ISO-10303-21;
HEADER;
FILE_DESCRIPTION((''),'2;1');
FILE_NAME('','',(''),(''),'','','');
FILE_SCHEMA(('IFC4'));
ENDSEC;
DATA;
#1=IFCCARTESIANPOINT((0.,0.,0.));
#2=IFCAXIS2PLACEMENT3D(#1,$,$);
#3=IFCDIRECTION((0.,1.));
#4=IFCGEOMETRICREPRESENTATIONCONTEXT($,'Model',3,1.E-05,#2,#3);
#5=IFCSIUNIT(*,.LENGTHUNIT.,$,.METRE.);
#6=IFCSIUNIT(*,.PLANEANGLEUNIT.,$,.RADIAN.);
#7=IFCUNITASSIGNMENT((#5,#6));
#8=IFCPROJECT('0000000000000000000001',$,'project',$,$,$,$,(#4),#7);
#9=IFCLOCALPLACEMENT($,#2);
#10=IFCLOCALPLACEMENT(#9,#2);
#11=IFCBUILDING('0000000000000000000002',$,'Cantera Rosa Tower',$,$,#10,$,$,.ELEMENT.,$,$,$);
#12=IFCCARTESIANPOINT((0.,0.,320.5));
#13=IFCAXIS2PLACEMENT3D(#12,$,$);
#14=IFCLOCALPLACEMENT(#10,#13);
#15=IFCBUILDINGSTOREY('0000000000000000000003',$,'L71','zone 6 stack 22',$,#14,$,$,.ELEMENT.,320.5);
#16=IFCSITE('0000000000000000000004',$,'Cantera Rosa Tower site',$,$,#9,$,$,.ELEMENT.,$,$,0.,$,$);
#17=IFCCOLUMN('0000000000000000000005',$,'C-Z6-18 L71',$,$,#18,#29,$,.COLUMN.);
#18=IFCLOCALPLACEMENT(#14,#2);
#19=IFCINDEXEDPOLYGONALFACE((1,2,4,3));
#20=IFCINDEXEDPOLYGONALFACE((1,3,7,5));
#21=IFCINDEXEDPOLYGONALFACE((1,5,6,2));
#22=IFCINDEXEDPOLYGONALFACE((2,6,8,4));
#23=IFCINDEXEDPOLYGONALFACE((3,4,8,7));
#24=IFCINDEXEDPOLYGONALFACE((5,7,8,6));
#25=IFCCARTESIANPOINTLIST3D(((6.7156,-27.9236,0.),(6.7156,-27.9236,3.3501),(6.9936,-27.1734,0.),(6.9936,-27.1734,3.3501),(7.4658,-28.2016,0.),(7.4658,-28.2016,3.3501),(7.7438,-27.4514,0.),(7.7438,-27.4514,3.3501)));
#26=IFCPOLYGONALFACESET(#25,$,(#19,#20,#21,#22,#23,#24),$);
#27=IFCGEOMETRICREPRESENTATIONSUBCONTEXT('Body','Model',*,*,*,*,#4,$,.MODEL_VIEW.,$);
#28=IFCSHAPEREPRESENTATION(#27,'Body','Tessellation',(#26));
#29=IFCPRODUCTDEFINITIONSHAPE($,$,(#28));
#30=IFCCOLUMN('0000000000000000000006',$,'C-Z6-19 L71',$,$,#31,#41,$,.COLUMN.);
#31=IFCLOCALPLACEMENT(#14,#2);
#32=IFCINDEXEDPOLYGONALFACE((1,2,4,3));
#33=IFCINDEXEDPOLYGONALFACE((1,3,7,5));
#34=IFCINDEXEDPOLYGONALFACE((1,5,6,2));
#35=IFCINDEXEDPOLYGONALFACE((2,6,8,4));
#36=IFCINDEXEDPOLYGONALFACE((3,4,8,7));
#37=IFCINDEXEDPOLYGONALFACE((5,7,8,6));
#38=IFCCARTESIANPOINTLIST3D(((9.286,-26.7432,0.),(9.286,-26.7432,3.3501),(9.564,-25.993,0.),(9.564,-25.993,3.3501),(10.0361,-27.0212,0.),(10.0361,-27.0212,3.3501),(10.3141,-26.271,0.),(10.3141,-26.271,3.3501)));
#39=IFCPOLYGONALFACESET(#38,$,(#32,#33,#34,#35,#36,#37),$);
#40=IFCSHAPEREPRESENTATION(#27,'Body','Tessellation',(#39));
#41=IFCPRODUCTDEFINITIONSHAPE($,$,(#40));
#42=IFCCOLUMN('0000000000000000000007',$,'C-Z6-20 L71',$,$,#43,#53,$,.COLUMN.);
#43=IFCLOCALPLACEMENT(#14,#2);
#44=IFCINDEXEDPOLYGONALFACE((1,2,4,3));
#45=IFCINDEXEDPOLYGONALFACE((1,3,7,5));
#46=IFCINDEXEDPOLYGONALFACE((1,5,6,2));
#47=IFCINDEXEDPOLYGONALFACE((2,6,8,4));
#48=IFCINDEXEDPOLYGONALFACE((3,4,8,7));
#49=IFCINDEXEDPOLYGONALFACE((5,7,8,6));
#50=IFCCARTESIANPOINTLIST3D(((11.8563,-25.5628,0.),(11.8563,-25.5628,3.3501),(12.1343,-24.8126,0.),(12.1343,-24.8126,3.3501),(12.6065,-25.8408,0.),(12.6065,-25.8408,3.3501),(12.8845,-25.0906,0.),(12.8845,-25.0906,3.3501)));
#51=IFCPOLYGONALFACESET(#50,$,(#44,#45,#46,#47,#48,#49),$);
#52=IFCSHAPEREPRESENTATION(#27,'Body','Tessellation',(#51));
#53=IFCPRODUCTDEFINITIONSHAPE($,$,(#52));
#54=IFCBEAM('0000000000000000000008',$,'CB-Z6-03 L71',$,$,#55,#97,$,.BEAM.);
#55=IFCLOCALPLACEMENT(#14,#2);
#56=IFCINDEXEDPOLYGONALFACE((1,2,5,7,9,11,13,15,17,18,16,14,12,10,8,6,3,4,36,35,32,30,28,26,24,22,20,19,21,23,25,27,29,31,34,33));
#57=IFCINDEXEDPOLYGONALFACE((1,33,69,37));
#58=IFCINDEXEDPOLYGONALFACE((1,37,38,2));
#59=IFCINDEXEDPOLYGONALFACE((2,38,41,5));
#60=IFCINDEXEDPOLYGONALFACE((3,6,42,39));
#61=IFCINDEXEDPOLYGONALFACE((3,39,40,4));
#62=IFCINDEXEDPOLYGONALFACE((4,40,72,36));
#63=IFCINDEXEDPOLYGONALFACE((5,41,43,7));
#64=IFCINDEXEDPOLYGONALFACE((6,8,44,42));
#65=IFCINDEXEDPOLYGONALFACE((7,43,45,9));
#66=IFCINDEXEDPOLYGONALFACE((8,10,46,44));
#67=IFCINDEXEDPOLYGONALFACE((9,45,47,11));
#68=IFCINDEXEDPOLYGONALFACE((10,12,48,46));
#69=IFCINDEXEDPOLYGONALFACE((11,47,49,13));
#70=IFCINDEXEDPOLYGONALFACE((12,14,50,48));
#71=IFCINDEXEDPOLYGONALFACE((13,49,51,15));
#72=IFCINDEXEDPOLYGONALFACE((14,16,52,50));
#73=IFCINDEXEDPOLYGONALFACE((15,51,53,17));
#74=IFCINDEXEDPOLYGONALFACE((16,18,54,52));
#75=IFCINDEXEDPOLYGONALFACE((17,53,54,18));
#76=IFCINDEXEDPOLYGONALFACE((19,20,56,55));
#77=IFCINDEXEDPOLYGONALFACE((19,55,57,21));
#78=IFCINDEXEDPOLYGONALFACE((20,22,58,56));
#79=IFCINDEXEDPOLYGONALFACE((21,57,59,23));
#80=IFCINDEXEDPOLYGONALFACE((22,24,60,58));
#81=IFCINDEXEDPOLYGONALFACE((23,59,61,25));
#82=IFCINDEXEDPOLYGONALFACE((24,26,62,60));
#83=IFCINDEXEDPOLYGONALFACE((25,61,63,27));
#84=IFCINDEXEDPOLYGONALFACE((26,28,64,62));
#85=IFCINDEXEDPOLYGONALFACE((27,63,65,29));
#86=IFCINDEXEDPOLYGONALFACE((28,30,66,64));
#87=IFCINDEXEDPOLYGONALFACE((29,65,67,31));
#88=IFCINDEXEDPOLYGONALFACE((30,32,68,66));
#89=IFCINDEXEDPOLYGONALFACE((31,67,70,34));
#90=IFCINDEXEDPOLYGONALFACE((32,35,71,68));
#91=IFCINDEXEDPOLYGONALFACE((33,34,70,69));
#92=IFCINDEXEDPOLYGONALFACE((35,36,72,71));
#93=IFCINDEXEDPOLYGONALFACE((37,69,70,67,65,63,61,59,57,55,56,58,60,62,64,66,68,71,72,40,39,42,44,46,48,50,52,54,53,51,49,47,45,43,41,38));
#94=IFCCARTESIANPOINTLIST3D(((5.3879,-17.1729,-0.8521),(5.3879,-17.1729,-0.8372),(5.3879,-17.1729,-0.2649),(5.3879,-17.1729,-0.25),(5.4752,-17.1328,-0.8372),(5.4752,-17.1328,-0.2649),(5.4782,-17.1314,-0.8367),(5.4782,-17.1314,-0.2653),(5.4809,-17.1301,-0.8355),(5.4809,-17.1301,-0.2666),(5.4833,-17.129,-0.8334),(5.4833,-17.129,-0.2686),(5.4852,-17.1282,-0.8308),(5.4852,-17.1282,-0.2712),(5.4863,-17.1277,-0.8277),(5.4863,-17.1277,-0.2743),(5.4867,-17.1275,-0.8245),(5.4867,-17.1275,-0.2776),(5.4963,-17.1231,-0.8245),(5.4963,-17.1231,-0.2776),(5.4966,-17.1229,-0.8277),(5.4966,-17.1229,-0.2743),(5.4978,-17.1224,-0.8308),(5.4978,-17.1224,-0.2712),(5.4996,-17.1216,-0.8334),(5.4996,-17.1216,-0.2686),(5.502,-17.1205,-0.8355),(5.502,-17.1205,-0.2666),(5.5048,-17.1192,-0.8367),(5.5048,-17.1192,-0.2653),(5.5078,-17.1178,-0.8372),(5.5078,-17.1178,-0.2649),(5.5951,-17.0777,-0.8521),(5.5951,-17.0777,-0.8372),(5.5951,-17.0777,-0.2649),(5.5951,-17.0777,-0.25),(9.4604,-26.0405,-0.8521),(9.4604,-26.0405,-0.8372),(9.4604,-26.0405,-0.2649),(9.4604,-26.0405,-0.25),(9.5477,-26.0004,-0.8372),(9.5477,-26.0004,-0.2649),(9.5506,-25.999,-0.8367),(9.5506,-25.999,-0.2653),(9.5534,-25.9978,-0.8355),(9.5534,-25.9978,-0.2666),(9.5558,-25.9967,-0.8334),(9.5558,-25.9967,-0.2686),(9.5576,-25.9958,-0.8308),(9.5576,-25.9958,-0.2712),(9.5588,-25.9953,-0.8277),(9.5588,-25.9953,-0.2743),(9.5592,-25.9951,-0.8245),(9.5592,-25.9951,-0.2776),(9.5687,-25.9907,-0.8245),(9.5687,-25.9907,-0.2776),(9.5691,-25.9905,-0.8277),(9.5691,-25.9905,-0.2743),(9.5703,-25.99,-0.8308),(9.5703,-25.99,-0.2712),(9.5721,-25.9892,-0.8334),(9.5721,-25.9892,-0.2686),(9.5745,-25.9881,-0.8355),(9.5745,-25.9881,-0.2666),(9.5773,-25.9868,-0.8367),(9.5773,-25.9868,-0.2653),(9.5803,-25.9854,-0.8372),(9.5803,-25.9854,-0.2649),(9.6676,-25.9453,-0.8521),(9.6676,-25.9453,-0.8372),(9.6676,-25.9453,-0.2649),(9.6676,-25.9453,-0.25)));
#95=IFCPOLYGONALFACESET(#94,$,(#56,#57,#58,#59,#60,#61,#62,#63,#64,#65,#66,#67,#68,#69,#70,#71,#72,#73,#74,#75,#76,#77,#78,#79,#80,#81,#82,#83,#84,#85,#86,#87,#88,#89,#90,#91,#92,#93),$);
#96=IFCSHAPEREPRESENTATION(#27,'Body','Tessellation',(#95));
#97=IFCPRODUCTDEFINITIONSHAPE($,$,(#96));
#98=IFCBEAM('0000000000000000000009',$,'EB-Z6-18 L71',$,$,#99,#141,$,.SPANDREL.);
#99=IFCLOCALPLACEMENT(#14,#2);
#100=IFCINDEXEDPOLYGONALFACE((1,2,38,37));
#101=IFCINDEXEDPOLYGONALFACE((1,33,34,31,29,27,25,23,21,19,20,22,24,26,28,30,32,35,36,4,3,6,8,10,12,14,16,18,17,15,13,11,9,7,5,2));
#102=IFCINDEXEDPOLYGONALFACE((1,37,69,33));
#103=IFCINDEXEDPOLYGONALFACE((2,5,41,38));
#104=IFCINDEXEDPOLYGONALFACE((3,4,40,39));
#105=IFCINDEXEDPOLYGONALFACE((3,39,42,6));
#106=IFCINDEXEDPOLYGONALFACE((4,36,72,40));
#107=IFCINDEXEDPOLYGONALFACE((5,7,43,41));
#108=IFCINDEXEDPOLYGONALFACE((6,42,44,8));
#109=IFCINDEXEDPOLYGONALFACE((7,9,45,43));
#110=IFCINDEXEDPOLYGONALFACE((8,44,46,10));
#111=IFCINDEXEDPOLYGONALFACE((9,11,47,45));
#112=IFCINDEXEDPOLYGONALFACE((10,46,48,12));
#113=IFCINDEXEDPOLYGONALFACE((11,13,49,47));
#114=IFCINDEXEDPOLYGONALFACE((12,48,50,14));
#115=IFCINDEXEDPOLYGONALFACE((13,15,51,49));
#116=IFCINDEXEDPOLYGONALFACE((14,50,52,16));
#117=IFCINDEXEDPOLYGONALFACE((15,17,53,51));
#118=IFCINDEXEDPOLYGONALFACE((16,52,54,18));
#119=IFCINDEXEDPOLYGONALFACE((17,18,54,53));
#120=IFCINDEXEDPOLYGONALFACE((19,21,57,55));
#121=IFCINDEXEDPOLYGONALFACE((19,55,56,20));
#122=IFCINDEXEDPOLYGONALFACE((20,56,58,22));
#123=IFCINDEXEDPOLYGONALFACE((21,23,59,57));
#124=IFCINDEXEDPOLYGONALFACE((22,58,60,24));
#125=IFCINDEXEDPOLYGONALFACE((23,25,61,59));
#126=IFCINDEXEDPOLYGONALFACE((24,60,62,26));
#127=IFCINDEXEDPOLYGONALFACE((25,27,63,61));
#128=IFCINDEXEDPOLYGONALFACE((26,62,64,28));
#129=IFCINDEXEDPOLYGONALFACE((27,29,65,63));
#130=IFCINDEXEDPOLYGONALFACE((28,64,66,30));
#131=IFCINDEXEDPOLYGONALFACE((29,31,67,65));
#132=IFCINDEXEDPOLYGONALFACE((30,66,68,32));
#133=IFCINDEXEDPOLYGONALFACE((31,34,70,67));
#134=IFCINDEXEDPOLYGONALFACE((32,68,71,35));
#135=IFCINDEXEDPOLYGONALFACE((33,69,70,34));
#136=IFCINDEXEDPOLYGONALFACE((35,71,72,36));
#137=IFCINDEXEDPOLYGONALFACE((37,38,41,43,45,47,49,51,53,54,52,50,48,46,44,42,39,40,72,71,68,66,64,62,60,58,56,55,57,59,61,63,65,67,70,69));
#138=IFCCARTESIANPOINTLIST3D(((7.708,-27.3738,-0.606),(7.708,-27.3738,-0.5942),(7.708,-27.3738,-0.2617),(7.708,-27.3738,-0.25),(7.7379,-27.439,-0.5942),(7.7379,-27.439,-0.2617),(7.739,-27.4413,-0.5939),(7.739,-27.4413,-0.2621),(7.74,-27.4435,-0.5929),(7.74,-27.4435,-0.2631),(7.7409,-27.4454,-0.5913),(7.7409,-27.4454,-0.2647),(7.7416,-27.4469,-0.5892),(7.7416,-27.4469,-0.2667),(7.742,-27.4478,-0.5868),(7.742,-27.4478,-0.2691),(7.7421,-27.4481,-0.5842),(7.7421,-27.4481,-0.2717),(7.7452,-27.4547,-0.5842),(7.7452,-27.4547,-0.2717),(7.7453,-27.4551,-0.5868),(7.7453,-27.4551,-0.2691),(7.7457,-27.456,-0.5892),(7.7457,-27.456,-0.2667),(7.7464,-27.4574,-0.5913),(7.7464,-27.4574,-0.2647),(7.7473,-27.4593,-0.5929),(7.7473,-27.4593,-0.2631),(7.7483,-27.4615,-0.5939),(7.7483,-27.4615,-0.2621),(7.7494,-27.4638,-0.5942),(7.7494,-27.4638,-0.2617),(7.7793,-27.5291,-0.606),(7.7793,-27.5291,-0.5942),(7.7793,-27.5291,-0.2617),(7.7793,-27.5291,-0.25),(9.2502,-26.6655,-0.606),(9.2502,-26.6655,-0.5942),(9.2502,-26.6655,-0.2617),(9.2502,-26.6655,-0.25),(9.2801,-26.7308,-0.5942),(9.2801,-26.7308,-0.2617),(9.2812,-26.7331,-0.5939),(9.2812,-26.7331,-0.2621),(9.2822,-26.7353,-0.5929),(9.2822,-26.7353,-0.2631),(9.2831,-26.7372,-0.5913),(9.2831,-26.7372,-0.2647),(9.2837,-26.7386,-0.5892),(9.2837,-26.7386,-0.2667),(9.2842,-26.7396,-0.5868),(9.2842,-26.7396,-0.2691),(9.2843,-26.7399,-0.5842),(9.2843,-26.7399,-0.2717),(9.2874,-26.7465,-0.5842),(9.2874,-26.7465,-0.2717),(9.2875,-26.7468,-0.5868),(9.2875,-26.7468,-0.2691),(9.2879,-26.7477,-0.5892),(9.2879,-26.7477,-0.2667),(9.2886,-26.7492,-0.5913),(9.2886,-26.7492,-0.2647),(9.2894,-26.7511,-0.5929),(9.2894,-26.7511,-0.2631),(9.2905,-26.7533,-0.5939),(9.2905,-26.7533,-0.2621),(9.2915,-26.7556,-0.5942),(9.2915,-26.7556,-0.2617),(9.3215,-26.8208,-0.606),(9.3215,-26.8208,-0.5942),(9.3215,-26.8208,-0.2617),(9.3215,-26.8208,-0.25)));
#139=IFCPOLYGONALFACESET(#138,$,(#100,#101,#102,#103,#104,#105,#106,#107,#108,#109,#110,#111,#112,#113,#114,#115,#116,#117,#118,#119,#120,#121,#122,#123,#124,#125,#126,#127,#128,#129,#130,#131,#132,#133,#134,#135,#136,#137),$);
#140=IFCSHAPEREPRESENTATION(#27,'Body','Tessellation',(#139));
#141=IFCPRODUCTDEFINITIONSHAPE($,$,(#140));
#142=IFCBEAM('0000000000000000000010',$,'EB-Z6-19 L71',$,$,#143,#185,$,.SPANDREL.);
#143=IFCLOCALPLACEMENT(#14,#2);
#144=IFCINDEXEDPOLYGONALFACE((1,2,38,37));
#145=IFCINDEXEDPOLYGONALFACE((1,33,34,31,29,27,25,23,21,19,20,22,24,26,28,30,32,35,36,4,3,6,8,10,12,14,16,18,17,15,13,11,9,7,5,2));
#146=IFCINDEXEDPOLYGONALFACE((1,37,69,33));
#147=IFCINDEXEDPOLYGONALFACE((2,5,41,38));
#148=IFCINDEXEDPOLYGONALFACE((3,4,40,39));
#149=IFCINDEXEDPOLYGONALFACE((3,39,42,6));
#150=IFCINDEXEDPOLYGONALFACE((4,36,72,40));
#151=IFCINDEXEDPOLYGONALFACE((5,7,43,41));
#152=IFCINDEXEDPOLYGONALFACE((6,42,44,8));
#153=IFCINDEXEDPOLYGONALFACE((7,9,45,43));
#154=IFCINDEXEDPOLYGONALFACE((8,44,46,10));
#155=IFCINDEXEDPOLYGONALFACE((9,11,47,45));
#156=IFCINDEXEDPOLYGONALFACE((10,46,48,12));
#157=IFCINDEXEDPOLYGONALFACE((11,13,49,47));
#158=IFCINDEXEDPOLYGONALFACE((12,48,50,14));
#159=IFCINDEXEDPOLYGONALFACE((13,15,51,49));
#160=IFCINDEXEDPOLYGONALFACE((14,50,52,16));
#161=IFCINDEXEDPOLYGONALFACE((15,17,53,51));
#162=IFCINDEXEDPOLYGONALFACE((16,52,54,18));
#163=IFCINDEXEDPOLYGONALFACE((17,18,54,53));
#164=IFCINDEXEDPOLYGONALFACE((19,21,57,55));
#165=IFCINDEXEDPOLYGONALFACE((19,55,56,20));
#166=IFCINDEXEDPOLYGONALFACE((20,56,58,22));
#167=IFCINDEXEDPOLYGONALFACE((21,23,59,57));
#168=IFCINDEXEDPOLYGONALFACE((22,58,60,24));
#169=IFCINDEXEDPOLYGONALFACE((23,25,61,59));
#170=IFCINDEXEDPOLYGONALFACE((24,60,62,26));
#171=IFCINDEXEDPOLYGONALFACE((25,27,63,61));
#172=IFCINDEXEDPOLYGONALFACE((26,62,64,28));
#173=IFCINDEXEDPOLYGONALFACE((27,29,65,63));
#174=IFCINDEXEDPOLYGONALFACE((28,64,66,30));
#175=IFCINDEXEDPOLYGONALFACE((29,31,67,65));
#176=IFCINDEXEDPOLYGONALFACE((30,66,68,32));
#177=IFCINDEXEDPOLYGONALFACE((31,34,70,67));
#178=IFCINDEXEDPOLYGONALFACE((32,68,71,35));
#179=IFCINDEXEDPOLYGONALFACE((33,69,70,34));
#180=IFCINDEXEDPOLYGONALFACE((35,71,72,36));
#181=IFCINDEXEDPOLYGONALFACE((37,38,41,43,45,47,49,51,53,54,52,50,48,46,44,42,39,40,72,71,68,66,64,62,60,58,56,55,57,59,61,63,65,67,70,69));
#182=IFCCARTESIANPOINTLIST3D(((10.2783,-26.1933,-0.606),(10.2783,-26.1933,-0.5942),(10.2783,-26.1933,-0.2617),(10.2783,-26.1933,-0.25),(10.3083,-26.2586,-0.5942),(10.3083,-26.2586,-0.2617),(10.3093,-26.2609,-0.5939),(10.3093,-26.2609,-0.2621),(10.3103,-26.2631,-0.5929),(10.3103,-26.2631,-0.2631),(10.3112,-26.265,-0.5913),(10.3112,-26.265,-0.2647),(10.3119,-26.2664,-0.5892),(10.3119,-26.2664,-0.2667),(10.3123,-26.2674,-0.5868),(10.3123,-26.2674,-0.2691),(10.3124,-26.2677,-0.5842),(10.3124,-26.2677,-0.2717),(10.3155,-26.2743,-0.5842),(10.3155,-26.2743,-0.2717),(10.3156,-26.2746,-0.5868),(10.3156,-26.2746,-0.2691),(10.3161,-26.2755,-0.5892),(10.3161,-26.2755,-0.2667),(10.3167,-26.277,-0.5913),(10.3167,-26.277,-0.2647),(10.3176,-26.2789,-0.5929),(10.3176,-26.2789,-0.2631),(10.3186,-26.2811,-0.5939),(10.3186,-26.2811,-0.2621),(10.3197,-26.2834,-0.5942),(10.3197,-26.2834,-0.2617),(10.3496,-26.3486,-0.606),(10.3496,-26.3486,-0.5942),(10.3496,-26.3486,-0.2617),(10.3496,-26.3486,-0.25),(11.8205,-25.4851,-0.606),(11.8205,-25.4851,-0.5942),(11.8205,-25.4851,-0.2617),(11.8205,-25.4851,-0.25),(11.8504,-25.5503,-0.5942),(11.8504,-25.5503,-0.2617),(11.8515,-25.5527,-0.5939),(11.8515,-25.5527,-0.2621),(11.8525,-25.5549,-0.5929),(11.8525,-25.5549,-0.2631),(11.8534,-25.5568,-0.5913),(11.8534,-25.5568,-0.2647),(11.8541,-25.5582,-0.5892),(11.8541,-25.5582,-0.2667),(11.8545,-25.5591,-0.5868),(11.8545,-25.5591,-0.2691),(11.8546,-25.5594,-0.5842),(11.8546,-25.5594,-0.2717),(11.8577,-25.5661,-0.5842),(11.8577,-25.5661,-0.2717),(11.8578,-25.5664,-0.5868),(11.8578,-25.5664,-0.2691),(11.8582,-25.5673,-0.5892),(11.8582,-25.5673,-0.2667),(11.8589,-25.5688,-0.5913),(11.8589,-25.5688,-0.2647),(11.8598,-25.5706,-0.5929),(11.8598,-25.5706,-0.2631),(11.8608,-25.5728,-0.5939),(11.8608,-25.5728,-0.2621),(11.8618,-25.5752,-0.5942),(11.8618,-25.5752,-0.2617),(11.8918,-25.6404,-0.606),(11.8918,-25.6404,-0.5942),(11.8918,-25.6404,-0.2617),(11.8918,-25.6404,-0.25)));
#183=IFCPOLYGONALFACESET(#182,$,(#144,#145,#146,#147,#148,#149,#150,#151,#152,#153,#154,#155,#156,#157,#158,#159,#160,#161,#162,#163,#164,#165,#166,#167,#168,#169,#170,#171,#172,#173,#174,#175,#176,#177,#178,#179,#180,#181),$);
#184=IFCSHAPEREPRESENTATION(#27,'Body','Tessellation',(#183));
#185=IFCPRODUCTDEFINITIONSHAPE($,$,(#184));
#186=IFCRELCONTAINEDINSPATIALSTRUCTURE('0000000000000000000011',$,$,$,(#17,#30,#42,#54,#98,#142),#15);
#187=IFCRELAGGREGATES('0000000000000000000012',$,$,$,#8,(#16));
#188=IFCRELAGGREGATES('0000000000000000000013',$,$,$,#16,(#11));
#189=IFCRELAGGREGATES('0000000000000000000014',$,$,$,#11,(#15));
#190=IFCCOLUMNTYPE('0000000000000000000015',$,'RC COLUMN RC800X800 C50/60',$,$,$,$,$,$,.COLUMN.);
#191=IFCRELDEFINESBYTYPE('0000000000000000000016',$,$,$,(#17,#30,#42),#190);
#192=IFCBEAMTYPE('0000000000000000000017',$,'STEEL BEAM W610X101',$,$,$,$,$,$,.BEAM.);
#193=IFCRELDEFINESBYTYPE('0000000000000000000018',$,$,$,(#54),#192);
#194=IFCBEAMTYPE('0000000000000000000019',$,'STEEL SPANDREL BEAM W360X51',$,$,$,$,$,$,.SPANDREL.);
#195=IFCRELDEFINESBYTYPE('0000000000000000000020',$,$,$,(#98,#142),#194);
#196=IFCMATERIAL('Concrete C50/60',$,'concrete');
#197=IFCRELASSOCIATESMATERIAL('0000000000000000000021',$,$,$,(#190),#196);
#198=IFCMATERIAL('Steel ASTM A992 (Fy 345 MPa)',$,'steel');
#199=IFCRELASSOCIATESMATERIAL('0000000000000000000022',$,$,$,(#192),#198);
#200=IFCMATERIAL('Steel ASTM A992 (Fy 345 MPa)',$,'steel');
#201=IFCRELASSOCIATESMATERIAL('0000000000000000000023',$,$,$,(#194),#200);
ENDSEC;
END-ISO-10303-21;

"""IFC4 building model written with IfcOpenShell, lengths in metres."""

from ifc_helpers import new_model, si_unit, direction, frame, origin, origin_2d, place, context, subcontext, project, spatial, rectangle, i_section, extrude, material, material_profile, profile_set, type_object, element, save


model = new_model("IFC4")

# Units and contexts
model_context = context("Model", 3, precision=1e-05, world=origin(), true_north=direction((0.0, 1.0)))
body_context = subcontext(model_context, "Body", "Model", "MODEL_VIEW")
ifc_project = project(units=[si_unit("LENGTHUNIT", "METRE"), si_unit("PLANEANGLEUNIT", "RADIAN")], contexts=[model_context])

# Site, building, storey
site_placement = place(None, origin())
site = spatial("IfcSite", under=ifc_project, at=site_placement, Name="Cantera Rosa Tower site", CompositionType="ELEMENT", RefElevation=0.0)
building_placement = place(site_placement, origin())
building = spatial("IfcBuilding", under=site, at=building_placement, Name="Cantera Rosa Tower", CompositionType="ELEMENT")
storey_placement = place(building_placement, frame((0.0, 0.0, 320.5)))
storey = spatial("IfcBuildingStorey", under=building, at=storey_placement, Name="L71", Description="zone 6 stack 22", CompositionType="ELEMENT", Elevation=320.5)

# Columns
ifc_material_1 = material(Name="Concrete C50/60", Category="concrete")
ifc_material_profile_1 = material_profile(ifc_material_1, rectangle(XDim=0.8, YDim=0.8, at=origin_2d()), Name="RC COLUMN RC800X800 C50/60")
ifc_profile_set_1 = profile_set([ifc_material_profile_1], Name="Concrete C50/60")
column_type = type_object("IfcColumnType", Name="RC COLUMN RC800X800 C50/60", PredefinedType="COLUMN", material=ifc_profile_set_1)
for number, where, z_axis, x_axis, name in (
    (1, (7.2297, -27.6875, 0.0), (0.0, 0.0, 1.0), (0.347481, 0.937687, 0.0), "C-Z6-18 L71"),
    (2, (9.8, -26.5071, 0.0), (0.0, 0.0, 1.0), (0.347481, 0.937687, 0.0), "C-Z6-19 L71"),
    (3, (12.3704, -25.3267, 0.0), (0.0, 0.0, 1.0), (0.347481, 0.937687, 0.0), "C-Z6-20 L71"),
):
    element("IfcColumn", number, at=place(storey_placement, frame(where, z_axis=z_axis, x_axis=x_axis)), inside=storey, type_object=column_type, Name=name, PredefinedType="COLUMN", context=body_context, shape_type="SweptSolid", body=[
        extrude(rectangle(XDim=0.8, YDim=0.8, at=origin_2d()), origin(), (0.0, 0.0, 1.0), 3.3501),
    ])

# Beams
ifc_material_2 = material(Name="Steel ASTM A992 (Fy 345 MPa)", Category="steel")
ifc_material_profile_2 = material_profile(ifc_material_2, i_section(OverallWidth=0.228, OverallDepth=0.6021, WebThickness=0.0105, FlangeThickness=0.0149, FilletRadius=0.0127, at=origin_2d()), Name="W610X101")
ifc_profile_set_2 = profile_set([ifc_material_profile_2], Name="Steel ASTM A992 (Fy 345 MPa)")
beam_type_1 = type_object("IfcBeamType", Name="STEEL BEAM W610X101", PredefinedType="BEAM", material=ifc_profile_set_2)
beam_1_placement = place(storey_placement, frame((9.564, -25.9929, -0.551), z_axis=(-0.417346, 0.908748, 0.0), x_axis=(-0.908748, -0.417346, 0.0)))
element("IfcBeam", 4, at=beam_1_placement, inside=storey, type_object=beam_type_1, Name="CB-Z6-03 L71", PredefinedType="BEAM", context=body_context, shape_type="SweptSolid", body=[
    extrude(i_section(OverallWidth=0.228, OverallDepth=0.6021, WebThickness=0.0105, FlangeThickness=0.0149, FilletRadius=0.0127, at=origin_2d()), origin(), (0.0, 0.0, 1.0), 9.7581),
])
ifc_material_3 = material(Name="Steel ASTM A992 (Fy 345 MPa)", Category="steel")
ifc_material_profile_3 = material_profile(ifc_material_3, i_section(OverallWidth=0.1709, OverallDepth=0.356, WebThickness=0.0073, FlangeThickness=0.0117, FilletRadius=0.01, at=origin_2d()), Name="W360X51")
ifc_profile_set_3 = profile_set([ifc_material_profile_3], Name="Steel ASTM A992 (Fy 345 MPa)")
beam_type_2 = type_object("IfcBeamType", Name="STEEL SPANDREL BEAM W360X51", PredefinedType="SPANDREL", material=ifc_profile_set_3)
for number, where, z_axis, x_axis, name in (
    (5, (7.7437, -27.4514, -0.428), (0.908754, 0.417333, 0.0), (-0.417333, 0.908754, 0.0), "EB-Z6-18 L71"),
    (6, (10.314, -26.271, -0.428), (0.908754, 0.417333, 0.0), (-0.417333, 0.908754, 0.0), "EB-Z6-19 L71"),
):
    element("IfcBeam", number, at=place(storey_placement, frame(where, z_axis=z_axis, x_axis=x_axis)), inside=storey, type_object=beam_type_2, Name=name, PredefinedType="SPANDREL", context=body_context, shape_type="SweptSolid", body=[
        extrude(i_section(OverallWidth=0.1709, OverallDepth=0.356, WebThickness=0.0073, FlangeThickness=0.0117, FilletRadius=0.01, at=origin_2d()), origin(), (0.0, 0.0, 1.0), 1.697),
    ])

save(model, "model.ifc")
